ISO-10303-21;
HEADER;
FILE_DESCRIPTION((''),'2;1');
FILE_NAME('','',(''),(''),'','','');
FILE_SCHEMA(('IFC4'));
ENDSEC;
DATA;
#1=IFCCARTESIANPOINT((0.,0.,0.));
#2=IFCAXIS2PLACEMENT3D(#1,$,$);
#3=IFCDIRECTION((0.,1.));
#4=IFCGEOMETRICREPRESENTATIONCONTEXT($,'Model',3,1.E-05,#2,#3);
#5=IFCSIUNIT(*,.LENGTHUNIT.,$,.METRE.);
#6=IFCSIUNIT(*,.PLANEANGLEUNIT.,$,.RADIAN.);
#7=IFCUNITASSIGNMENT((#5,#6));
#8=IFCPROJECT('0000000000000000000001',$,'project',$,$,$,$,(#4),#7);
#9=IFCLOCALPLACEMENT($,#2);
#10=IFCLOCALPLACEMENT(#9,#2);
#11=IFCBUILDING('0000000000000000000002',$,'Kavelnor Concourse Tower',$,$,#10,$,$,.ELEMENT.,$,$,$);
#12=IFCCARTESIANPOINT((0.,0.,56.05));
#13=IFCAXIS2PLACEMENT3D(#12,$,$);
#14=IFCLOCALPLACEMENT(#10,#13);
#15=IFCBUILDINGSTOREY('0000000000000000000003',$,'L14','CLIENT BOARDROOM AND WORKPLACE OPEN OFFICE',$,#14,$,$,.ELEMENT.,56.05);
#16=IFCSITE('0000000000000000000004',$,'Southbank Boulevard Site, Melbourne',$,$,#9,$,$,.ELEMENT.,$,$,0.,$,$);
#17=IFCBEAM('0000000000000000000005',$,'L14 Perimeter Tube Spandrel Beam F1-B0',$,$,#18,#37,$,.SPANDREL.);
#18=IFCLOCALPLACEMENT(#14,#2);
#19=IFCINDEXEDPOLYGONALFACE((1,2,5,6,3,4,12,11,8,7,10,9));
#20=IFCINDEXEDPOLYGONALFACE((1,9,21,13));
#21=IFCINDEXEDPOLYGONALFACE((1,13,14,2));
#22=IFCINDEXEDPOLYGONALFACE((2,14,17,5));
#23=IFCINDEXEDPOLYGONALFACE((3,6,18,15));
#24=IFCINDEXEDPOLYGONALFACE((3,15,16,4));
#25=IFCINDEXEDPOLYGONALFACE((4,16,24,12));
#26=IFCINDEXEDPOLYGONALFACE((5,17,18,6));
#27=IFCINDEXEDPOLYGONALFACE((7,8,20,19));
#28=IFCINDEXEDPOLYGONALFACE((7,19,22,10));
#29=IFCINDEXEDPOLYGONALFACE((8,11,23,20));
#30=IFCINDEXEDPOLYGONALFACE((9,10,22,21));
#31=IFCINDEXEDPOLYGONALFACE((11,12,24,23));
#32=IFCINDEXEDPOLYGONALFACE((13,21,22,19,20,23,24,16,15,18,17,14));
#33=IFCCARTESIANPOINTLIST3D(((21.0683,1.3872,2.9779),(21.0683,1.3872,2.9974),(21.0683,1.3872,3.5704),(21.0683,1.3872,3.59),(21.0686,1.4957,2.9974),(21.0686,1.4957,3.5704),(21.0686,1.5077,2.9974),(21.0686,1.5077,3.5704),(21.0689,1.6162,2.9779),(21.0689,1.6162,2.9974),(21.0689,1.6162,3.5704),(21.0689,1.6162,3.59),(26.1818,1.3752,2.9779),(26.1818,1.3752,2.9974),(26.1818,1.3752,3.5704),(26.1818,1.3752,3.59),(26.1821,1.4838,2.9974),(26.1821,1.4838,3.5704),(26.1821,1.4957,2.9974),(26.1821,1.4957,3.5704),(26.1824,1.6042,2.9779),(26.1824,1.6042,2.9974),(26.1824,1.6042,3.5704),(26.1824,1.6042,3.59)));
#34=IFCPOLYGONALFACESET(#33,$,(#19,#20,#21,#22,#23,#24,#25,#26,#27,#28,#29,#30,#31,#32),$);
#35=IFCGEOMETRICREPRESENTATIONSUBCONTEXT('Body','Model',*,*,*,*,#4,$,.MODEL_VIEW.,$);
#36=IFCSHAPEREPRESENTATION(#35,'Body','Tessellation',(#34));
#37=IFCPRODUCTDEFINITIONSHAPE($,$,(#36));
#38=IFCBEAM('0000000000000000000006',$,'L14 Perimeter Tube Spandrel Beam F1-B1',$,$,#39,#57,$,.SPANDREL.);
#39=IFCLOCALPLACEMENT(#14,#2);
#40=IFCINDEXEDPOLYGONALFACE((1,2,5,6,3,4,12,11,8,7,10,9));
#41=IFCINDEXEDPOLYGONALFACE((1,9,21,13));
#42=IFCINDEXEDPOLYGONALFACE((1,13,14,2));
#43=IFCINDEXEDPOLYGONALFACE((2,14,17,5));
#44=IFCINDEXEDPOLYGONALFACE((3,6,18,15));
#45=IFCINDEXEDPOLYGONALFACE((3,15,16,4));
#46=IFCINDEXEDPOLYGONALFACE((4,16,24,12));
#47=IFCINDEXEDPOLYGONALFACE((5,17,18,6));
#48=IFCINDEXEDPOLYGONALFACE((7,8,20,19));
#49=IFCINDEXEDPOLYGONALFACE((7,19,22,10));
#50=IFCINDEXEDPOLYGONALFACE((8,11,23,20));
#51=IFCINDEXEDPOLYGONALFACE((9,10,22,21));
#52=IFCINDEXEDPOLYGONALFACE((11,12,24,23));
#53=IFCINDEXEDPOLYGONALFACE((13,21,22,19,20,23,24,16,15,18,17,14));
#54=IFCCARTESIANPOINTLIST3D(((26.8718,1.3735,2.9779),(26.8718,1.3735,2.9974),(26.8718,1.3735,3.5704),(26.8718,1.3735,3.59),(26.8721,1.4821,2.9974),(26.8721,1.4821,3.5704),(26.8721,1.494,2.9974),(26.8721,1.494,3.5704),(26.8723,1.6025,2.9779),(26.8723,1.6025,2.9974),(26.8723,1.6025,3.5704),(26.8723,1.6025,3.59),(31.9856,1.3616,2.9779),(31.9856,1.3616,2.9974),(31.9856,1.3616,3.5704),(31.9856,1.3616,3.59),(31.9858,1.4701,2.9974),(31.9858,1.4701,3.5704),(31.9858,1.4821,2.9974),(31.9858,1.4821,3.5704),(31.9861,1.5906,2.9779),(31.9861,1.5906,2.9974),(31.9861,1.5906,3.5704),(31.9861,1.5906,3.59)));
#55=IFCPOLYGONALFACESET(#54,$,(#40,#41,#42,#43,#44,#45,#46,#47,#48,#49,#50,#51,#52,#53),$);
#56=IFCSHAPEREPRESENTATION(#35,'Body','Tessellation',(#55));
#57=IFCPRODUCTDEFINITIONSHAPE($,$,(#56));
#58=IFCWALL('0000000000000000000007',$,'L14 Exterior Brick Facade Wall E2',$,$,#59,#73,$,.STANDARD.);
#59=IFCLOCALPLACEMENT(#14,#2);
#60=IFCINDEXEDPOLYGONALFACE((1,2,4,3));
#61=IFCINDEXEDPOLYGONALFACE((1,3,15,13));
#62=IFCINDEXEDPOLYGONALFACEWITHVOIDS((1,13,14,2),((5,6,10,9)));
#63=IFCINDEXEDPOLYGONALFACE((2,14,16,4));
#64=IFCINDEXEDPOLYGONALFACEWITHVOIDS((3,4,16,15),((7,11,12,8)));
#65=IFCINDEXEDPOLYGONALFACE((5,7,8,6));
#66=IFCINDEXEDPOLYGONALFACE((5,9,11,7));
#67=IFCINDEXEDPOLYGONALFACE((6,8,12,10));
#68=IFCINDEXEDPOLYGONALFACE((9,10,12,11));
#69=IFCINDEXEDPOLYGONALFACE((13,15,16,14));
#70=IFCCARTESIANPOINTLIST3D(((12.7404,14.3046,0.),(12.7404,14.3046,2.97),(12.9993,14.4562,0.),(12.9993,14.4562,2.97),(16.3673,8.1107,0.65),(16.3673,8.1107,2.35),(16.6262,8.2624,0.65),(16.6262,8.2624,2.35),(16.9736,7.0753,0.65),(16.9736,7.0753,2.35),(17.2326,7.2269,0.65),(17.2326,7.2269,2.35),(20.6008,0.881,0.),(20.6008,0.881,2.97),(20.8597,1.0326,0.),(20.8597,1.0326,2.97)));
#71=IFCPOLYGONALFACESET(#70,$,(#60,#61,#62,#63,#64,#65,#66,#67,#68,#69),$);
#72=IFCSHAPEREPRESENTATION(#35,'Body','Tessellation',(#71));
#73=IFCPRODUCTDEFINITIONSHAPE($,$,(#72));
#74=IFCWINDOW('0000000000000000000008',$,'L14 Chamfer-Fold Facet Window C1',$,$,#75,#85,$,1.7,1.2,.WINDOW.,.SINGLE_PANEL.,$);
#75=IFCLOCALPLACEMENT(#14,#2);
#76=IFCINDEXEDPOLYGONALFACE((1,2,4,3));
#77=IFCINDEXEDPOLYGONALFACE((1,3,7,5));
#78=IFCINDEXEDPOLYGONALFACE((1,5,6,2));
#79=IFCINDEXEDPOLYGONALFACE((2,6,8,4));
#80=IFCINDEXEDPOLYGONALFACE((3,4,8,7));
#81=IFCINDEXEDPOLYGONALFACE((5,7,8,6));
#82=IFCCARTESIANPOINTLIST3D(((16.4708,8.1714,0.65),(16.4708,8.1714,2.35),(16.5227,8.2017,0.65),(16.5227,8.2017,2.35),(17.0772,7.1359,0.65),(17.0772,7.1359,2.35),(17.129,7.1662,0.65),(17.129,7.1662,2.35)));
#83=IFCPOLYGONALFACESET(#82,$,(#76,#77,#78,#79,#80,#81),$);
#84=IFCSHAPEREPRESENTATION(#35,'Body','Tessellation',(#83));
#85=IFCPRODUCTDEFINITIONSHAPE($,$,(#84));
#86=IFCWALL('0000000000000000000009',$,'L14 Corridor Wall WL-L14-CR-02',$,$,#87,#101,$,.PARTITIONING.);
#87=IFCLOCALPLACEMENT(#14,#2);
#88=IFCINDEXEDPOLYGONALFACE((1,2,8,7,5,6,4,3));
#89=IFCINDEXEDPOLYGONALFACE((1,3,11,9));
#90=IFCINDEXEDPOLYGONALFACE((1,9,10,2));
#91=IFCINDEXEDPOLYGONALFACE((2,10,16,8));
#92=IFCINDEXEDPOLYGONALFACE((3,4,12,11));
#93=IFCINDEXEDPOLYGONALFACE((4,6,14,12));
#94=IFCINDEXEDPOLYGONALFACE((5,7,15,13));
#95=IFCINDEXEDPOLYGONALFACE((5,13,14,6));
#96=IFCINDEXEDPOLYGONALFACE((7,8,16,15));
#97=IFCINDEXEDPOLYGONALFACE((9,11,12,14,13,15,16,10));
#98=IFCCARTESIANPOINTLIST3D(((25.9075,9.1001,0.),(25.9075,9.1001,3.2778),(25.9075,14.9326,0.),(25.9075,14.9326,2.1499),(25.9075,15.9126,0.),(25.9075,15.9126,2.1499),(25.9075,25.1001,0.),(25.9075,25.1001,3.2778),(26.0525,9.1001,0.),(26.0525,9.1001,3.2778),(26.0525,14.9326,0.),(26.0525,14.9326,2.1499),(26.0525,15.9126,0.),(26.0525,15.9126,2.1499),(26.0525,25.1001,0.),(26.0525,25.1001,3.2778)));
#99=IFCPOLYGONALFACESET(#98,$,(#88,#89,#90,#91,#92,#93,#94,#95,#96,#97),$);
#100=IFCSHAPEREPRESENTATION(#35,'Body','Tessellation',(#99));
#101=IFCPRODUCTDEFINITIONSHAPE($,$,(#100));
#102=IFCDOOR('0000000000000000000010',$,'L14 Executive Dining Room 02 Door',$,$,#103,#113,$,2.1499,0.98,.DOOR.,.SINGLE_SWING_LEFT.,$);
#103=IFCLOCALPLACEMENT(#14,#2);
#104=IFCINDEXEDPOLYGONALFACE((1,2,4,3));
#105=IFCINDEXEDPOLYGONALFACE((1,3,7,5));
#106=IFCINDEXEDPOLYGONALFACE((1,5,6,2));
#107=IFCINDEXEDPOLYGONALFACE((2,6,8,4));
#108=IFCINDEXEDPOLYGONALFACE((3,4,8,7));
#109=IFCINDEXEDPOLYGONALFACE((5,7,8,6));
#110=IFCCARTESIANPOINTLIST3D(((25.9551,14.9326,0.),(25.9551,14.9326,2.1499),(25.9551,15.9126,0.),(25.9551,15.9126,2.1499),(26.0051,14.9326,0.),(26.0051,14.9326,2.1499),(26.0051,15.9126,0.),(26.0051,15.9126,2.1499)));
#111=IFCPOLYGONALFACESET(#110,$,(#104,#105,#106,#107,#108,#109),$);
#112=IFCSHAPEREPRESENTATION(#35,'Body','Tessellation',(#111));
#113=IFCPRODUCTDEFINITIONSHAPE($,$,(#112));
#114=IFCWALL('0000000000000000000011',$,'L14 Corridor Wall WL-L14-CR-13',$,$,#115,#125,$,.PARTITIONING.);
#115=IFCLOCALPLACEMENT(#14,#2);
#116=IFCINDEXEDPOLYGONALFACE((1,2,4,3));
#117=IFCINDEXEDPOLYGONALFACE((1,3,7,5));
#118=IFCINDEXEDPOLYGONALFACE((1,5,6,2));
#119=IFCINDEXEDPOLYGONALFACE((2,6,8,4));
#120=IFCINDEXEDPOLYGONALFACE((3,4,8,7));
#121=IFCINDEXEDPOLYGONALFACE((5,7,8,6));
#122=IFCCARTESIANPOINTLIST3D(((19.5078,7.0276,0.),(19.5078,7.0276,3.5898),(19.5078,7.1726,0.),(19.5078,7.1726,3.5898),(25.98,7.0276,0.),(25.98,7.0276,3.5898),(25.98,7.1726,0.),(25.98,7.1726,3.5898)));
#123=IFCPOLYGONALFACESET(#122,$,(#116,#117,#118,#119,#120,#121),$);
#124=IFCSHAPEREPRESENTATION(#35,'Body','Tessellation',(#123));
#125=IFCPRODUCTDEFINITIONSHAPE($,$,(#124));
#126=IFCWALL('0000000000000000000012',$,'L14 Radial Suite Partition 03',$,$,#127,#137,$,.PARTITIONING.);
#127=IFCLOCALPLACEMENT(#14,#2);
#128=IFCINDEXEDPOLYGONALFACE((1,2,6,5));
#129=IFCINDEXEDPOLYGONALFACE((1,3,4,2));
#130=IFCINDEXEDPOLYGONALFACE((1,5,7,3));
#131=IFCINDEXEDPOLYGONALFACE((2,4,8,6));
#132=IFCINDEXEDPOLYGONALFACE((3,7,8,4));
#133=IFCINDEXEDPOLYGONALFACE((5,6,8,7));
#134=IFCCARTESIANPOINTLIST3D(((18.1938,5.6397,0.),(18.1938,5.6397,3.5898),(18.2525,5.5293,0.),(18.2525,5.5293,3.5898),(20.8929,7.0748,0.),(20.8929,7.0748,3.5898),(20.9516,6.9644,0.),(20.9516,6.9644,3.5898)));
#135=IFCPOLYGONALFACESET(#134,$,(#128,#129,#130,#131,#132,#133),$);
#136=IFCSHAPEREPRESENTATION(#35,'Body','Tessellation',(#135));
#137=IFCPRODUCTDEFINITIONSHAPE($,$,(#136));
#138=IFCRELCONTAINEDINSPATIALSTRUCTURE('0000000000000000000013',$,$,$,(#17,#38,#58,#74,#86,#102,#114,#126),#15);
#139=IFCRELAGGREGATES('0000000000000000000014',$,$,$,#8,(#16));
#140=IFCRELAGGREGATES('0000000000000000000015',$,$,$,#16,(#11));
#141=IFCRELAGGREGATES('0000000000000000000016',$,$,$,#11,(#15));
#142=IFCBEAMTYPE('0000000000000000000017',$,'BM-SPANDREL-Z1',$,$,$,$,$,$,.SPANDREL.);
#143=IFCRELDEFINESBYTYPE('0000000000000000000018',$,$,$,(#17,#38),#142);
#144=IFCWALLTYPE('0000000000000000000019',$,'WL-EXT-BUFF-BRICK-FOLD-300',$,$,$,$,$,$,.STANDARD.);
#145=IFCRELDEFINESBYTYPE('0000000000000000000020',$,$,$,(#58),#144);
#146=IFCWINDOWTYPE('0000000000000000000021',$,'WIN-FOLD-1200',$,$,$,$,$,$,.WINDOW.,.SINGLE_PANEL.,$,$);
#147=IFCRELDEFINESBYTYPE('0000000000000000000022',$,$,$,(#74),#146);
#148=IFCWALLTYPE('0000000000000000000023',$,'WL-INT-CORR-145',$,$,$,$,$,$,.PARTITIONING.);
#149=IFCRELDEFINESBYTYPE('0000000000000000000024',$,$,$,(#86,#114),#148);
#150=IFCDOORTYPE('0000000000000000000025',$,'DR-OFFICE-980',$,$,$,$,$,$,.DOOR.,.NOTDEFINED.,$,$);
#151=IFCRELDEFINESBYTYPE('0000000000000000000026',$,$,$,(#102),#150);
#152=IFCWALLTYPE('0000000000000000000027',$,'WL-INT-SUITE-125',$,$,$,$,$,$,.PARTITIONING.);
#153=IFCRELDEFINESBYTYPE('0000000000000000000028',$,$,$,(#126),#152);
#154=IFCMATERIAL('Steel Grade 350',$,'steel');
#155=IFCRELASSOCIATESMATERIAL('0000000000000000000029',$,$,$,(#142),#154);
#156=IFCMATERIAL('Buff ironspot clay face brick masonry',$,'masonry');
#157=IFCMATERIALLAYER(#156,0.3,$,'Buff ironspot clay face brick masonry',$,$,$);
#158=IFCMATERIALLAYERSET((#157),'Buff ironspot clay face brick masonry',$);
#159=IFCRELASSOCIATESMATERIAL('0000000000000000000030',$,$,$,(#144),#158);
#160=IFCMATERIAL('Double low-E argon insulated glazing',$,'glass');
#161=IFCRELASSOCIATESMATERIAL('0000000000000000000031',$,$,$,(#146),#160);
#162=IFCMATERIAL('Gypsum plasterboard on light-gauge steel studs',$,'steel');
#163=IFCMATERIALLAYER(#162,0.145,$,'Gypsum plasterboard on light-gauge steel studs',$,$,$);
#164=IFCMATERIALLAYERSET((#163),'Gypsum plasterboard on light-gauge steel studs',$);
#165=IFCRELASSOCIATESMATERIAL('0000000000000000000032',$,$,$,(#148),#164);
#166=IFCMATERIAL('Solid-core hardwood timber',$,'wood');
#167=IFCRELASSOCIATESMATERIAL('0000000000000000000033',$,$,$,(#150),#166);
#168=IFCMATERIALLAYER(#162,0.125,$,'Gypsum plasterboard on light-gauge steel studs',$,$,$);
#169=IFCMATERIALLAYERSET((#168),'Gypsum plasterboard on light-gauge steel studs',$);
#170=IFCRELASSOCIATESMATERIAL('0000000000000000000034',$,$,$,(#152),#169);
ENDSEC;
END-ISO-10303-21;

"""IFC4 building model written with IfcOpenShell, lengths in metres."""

from ifc_helpers import new_model, si_unit, direction, frame, frame_2d, origin, origin_2d, place, context, subcontext, project, spatial, rectangle, i_section, extrude, material, layer, layer_set, material_profile, profile_set, type_object, element, fill, save


model = new_model("IFC4")

# Units and contexts
model_context = context("Model", 3, precision=1e-05, world=origin(), true_north=direction((0.0, 1.0)))
body_context = subcontext(model_context, "Body", "Model", "MODEL_VIEW")
ifc_project = project(units=[si_unit("LENGTHUNIT", "METRE"), si_unit("PLANEANGLEUNIT", "RADIAN")], contexts=[model_context])

# Site, building, storey
site_placement = place(None, origin())
site = spatial("IfcSite", under=ifc_project, at=site_placement, Name="Southbank Boulevard Site, Melbourne", CompositionType="ELEMENT", RefElevation=0.0)
building_placement = place(site_placement, origin())
building = spatial("IfcBuilding", under=site, at=building_placement, Name="Kavelnor Concourse Tower", CompositionType="ELEMENT")
storey_placement = place(building_placement, frame((0.0, 0.0, 56.05)))
storey = spatial("IfcBuildingStorey", under=building, at=storey_placement, Name="L14", Description="CLIENT BOARDROOM AND WORKPLACE OPEN OFFICE", CompositionType="ELEMENT", Elevation=56.05)

# Shared definitions
ifc_material_1 = material(Name="Steel Grade 350", Category="steel")

# Beams
ifc_material_profile_1 = material_profile(ifc_material_1, i_section(OverallWidth=0.229, OverallDepth=0.6121, WebThickness=0.012, FlangeThickness=0.0195, at=origin_2d()), Name="610UB125")
ifc_profile_set_1 = profile_set([ifc_material_profile_1], Name="Steel Grade 350")
beam_type_1 = type_object("IfcBeamType", Name="BM-SPANDREL-Z1", PredefinedType="SPANDREL", material=ifc_profile_set_1)
beam_1_placement = place(storey_placement, frame((21.0686, 1.5017, 3.2839), z_axis=(0.999997, -0.002339, 0.0), x_axis=(0.002339, 0.999997, 0.0)))
element("IfcBeam", 1, at=beam_1_placement, inside=storey, type_object=beam_type_1, Name="L14 Perimeter Tube Spandrel Beam F1-B0", PredefinedType="SPANDREL", context=body_context, shape_type="SweptSolid", body=[
    extrude(i_section(OverallWidth=0.229, OverallDepth=0.6121, WebThickness=0.012, FlangeThickness=0.0195, at=origin_2d()), origin(), (0.0, 0.0, 1.0), 5.1135),
])
beam_2_placement = place(storey_placement, frame((26.8721, 1.488, 3.2839), z_axis=(0.999997, -0.002339, 0.0), x_axis=(0.002339, 0.999997, 0.0)))
element("IfcBeam", 2, at=beam_2_placement, inside=storey, type_object=beam_type_1, Name="L14 Perimeter Tube Spandrel Beam F1-B1", PredefinedType="SPANDREL", context=body_context, shape_type="SweptSolid", body=[
    extrude(i_section(OverallWidth=0.229, OverallDepth=0.6121, WebThickness=0.012, FlangeThickness=0.0195, at=origin_2d()), origin(), (0.0, 0.0, 1.0), 5.1138),
])

# Wall, opening, window
ifc_material_2 = material(Name="Buff ironspot clay face brick masonry", Category="masonry")
ifc_layer_1 = layer(ifc_material_2, 0.3, Name="Buff ironspot clay face brick masonry")
ifc_layer_set_1 = layer_set([ifc_layer_1], Name="Buff ironspot clay face brick masonry")
wall_type_1 = type_object("IfcWallType", Name="WL-EXT-BUFF-BRICK-FOLD-300", PredefinedType="STANDARD", material=ifc_layer_set_1)
wall_1_placement = place(storey_placement, frame((20.7302, 0.9568, 0.0), z_axis=(0.0, 0.0, 1.0), x_axis=(-0.505306, 0.86294, 0.0)))
wall_1 = element("IfcWall", 3, at=wall_1_placement, inside=storey, type_object=wall_type_1, Name="L14 Exterior Brick Facade Wall E2", PredefinedType="STANDARD", context=body_context, shape_type="SweptSolid", body=[
    extrude(rectangle(XDim=15.5557, YDim=0.3, at=frame_2d((7.7778, 0.0))), origin(), (0.0, 0.0, 1.0), 2.97),
])
opening_1_placement = place(wall_1_placement, frame((7.178, 0.0, 0.6499)))
opening_1 = element("IfcOpeningElement", 4, at=opening_1_placement, cuts=wall_1, PredefinedType="OPENING", context=body_context, shape_type="SweptSolid", body=[
    extrude(rectangle(XDim=1.2, YDim=1.7, at=frame_2d((0.6001, 0.8501))), frame((0.0, 0.1602, 0.0), z_axis=(0.0, -1.0, 0.0), x_axis=(1.0, 0.0, 0.0)), (0.0, 0.0, 1.0), 0.3201),
])
ifc_material_3 = material(Name="Double low-E argon insulated glazing", Category="glass")
window_type = type_object("IfcWindowType", Name="WIN-FOLD-1200", PartitioningType="SINGLE_PANEL", PredefinedType="WINDOW", material=ifc_material_3)
window_placement = place(opening_1_placement, origin())
window = element("IfcWindow", 5, at=window_placement, inside=storey, type_object=window_type, Name="L14 Chamfer-Fold Facet Window C1", OverallHeight=1.7, OverallWidth=1.2, PartitioningType="SINGLE_PANEL", PredefinedType="WINDOW", context=body_context, shape_type="SweptSolid", body=[
    extrude(rectangle(XDim=1.2, YDim=1.7, at=frame_2d((0.6001, 0.8501))), frame((0.0, 0.03, 0.0), z_axis=(0.0, -1.0, 0.0), x_axis=(1.0, 0.0, 0.0)), (0.0, 0.0, 1.0), 0.0601),
])
fill(opening_1, window)

# Wall, opening, door
ifc_material_4 = material(Name="Gypsum plasterboard on light-gauge steel studs", Category="steel")
ifc_layer_2 = layer(ifc_material_4, 0.145, Name="Gypsum plasterboard on light-gauge steel studs")
ifc_layer_set_2 = layer_set([ifc_layer_2], Name="Gypsum plasterboard on light-gauge steel studs")
wall_type_2 = type_object("IfcWallType", Name="WL-INT-CORR-145", PredefinedType="PARTITIONING", material=ifc_layer_set_2)
wall_2_placement = place(storey_placement, frame((25.98, 9.1001, 0.0), z_axis=(0.0, 0.0, 1.0), x_axis=(0.0, 1.0, 0.0)))
wall_2 = element("IfcWall", 6, at=wall_2_placement, inside=storey, type_object=wall_type_2, Name="L14 Corridor Wall WL-L14-CR-02", PredefinedType="PARTITIONING", context=body_context, shape_type="SweptSolid", body=[
    extrude(rectangle(XDim=16.0, YDim=0.145, at=frame_2d((8.0, 0.0))), origin(), (0.0, 0.0, 1.0), 3.2778),
])
opening_2_placement = place(wall_2_placement, frame((5.8325, 0.0, 0.0)))
opening_2 = element("IfcOpeningElement", 7, at=opening_2_placement, cuts=wall_2, PredefinedType="OPENING", context=body_context, shape_type="SweptSolid", body=[
    extrude(rectangle(XDim=0.98, YDim=2.1499, at=frame_2d((0.49, 1.075))), frame((0.0, 0.0825, 0.0), z_axis=(0.0, -1.0, 0.0), x_axis=(1.0, 0.0, 0.0)), (0.0, 0.0, 1.0), 0.165),
])
ifc_material_5 = material(Name="Solid-core hardwood timber", Category="wood")
door_type = type_object("IfcDoorType", Name="DR-OFFICE-980", OperationType="NOTDEFINED", PredefinedType="DOOR", material=ifc_material_5)
door_placement = place(opening_2_placement, origin())
door = element("IfcDoor", 8, at=door_placement, inside=storey, type_object=door_type, Name="L14 Executive Dining Room 02 Door", OperationType="SINGLE_SWING_LEFT", OverallHeight=2.1499, OverallWidth=0.98, PredefinedType="DOOR", context=body_context, shape_type="SweptSolid", body=[
    extrude(rectangle(XDim=0.98, YDim=2.1499, at=frame_2d((0.49, 1.075))), frame((0.0, 0.0249, 0.0), z_axis=(0.0, -1.0, 0.0), x_axis=(1.0, 0.0, 0.0)), (0.0, 0.0, 1.0), 0.05),
])
fill(opening_2, door)

# Walls
wall_3_placement = place(storey_placement, frame((25.98, 7.1001, 0.0), z_axis=(0.0, 0.0, 1.0), x_axis=(-1.0, 0.0, 0.0)))
element("IfcWall", 9, at=wall_3_placement, inside=storey, type_object=wall_type_2, Name="L14 Corridor Wall WL-L14-CR-13", PredefinedType="PARTITIONING", context=body_context, shape_type="SweptSolid", body=[
    extrude(rectangle(XDim=6.4722, YDim=0.145, at=frame_2d((3.2361, 0.0))), origin(), (0.0, 0.0, 1.0), 3.5898),
])
ifc_layer_3 = layer(ifc_material_4, 0.125, Name="Gypsum plasterboard on light-gauge steel studs")
ifc_layer_set_3 = layer_set([ifc_layer_3], Name="Gypsum plasterboard on light-gauge steel studs")
wall_type_3 = type_object("IfcWallType", Name="WL-INT-SUITE-125", PredefinedType="PARTITIONING", material=ifc_layer_set_3)
wall_4_placement = place(storey_placement, frame((20.9221, 7.0195, 0.0), z_axis=(0.0, 0.0, 1.0), x_axis=(-0.882949, -0.469469, 0.0)))
element("IfcWall", 10, at=wall_4_placement, inside=storey, type_object=wall_type_3, Name="L14 Radial Suite Partition 03", PredefinedType="PARTITIONING", context=body_context, shape_type="SweptSolid", body=[
    extrude(rectangle(XDim=3.0569, YDim=0.125, at=frame_2d((1.5283, 0.0))), origin(), (0.0, 0.0, 1.0), 3.5898),
])

save(model, "model.ifc")
